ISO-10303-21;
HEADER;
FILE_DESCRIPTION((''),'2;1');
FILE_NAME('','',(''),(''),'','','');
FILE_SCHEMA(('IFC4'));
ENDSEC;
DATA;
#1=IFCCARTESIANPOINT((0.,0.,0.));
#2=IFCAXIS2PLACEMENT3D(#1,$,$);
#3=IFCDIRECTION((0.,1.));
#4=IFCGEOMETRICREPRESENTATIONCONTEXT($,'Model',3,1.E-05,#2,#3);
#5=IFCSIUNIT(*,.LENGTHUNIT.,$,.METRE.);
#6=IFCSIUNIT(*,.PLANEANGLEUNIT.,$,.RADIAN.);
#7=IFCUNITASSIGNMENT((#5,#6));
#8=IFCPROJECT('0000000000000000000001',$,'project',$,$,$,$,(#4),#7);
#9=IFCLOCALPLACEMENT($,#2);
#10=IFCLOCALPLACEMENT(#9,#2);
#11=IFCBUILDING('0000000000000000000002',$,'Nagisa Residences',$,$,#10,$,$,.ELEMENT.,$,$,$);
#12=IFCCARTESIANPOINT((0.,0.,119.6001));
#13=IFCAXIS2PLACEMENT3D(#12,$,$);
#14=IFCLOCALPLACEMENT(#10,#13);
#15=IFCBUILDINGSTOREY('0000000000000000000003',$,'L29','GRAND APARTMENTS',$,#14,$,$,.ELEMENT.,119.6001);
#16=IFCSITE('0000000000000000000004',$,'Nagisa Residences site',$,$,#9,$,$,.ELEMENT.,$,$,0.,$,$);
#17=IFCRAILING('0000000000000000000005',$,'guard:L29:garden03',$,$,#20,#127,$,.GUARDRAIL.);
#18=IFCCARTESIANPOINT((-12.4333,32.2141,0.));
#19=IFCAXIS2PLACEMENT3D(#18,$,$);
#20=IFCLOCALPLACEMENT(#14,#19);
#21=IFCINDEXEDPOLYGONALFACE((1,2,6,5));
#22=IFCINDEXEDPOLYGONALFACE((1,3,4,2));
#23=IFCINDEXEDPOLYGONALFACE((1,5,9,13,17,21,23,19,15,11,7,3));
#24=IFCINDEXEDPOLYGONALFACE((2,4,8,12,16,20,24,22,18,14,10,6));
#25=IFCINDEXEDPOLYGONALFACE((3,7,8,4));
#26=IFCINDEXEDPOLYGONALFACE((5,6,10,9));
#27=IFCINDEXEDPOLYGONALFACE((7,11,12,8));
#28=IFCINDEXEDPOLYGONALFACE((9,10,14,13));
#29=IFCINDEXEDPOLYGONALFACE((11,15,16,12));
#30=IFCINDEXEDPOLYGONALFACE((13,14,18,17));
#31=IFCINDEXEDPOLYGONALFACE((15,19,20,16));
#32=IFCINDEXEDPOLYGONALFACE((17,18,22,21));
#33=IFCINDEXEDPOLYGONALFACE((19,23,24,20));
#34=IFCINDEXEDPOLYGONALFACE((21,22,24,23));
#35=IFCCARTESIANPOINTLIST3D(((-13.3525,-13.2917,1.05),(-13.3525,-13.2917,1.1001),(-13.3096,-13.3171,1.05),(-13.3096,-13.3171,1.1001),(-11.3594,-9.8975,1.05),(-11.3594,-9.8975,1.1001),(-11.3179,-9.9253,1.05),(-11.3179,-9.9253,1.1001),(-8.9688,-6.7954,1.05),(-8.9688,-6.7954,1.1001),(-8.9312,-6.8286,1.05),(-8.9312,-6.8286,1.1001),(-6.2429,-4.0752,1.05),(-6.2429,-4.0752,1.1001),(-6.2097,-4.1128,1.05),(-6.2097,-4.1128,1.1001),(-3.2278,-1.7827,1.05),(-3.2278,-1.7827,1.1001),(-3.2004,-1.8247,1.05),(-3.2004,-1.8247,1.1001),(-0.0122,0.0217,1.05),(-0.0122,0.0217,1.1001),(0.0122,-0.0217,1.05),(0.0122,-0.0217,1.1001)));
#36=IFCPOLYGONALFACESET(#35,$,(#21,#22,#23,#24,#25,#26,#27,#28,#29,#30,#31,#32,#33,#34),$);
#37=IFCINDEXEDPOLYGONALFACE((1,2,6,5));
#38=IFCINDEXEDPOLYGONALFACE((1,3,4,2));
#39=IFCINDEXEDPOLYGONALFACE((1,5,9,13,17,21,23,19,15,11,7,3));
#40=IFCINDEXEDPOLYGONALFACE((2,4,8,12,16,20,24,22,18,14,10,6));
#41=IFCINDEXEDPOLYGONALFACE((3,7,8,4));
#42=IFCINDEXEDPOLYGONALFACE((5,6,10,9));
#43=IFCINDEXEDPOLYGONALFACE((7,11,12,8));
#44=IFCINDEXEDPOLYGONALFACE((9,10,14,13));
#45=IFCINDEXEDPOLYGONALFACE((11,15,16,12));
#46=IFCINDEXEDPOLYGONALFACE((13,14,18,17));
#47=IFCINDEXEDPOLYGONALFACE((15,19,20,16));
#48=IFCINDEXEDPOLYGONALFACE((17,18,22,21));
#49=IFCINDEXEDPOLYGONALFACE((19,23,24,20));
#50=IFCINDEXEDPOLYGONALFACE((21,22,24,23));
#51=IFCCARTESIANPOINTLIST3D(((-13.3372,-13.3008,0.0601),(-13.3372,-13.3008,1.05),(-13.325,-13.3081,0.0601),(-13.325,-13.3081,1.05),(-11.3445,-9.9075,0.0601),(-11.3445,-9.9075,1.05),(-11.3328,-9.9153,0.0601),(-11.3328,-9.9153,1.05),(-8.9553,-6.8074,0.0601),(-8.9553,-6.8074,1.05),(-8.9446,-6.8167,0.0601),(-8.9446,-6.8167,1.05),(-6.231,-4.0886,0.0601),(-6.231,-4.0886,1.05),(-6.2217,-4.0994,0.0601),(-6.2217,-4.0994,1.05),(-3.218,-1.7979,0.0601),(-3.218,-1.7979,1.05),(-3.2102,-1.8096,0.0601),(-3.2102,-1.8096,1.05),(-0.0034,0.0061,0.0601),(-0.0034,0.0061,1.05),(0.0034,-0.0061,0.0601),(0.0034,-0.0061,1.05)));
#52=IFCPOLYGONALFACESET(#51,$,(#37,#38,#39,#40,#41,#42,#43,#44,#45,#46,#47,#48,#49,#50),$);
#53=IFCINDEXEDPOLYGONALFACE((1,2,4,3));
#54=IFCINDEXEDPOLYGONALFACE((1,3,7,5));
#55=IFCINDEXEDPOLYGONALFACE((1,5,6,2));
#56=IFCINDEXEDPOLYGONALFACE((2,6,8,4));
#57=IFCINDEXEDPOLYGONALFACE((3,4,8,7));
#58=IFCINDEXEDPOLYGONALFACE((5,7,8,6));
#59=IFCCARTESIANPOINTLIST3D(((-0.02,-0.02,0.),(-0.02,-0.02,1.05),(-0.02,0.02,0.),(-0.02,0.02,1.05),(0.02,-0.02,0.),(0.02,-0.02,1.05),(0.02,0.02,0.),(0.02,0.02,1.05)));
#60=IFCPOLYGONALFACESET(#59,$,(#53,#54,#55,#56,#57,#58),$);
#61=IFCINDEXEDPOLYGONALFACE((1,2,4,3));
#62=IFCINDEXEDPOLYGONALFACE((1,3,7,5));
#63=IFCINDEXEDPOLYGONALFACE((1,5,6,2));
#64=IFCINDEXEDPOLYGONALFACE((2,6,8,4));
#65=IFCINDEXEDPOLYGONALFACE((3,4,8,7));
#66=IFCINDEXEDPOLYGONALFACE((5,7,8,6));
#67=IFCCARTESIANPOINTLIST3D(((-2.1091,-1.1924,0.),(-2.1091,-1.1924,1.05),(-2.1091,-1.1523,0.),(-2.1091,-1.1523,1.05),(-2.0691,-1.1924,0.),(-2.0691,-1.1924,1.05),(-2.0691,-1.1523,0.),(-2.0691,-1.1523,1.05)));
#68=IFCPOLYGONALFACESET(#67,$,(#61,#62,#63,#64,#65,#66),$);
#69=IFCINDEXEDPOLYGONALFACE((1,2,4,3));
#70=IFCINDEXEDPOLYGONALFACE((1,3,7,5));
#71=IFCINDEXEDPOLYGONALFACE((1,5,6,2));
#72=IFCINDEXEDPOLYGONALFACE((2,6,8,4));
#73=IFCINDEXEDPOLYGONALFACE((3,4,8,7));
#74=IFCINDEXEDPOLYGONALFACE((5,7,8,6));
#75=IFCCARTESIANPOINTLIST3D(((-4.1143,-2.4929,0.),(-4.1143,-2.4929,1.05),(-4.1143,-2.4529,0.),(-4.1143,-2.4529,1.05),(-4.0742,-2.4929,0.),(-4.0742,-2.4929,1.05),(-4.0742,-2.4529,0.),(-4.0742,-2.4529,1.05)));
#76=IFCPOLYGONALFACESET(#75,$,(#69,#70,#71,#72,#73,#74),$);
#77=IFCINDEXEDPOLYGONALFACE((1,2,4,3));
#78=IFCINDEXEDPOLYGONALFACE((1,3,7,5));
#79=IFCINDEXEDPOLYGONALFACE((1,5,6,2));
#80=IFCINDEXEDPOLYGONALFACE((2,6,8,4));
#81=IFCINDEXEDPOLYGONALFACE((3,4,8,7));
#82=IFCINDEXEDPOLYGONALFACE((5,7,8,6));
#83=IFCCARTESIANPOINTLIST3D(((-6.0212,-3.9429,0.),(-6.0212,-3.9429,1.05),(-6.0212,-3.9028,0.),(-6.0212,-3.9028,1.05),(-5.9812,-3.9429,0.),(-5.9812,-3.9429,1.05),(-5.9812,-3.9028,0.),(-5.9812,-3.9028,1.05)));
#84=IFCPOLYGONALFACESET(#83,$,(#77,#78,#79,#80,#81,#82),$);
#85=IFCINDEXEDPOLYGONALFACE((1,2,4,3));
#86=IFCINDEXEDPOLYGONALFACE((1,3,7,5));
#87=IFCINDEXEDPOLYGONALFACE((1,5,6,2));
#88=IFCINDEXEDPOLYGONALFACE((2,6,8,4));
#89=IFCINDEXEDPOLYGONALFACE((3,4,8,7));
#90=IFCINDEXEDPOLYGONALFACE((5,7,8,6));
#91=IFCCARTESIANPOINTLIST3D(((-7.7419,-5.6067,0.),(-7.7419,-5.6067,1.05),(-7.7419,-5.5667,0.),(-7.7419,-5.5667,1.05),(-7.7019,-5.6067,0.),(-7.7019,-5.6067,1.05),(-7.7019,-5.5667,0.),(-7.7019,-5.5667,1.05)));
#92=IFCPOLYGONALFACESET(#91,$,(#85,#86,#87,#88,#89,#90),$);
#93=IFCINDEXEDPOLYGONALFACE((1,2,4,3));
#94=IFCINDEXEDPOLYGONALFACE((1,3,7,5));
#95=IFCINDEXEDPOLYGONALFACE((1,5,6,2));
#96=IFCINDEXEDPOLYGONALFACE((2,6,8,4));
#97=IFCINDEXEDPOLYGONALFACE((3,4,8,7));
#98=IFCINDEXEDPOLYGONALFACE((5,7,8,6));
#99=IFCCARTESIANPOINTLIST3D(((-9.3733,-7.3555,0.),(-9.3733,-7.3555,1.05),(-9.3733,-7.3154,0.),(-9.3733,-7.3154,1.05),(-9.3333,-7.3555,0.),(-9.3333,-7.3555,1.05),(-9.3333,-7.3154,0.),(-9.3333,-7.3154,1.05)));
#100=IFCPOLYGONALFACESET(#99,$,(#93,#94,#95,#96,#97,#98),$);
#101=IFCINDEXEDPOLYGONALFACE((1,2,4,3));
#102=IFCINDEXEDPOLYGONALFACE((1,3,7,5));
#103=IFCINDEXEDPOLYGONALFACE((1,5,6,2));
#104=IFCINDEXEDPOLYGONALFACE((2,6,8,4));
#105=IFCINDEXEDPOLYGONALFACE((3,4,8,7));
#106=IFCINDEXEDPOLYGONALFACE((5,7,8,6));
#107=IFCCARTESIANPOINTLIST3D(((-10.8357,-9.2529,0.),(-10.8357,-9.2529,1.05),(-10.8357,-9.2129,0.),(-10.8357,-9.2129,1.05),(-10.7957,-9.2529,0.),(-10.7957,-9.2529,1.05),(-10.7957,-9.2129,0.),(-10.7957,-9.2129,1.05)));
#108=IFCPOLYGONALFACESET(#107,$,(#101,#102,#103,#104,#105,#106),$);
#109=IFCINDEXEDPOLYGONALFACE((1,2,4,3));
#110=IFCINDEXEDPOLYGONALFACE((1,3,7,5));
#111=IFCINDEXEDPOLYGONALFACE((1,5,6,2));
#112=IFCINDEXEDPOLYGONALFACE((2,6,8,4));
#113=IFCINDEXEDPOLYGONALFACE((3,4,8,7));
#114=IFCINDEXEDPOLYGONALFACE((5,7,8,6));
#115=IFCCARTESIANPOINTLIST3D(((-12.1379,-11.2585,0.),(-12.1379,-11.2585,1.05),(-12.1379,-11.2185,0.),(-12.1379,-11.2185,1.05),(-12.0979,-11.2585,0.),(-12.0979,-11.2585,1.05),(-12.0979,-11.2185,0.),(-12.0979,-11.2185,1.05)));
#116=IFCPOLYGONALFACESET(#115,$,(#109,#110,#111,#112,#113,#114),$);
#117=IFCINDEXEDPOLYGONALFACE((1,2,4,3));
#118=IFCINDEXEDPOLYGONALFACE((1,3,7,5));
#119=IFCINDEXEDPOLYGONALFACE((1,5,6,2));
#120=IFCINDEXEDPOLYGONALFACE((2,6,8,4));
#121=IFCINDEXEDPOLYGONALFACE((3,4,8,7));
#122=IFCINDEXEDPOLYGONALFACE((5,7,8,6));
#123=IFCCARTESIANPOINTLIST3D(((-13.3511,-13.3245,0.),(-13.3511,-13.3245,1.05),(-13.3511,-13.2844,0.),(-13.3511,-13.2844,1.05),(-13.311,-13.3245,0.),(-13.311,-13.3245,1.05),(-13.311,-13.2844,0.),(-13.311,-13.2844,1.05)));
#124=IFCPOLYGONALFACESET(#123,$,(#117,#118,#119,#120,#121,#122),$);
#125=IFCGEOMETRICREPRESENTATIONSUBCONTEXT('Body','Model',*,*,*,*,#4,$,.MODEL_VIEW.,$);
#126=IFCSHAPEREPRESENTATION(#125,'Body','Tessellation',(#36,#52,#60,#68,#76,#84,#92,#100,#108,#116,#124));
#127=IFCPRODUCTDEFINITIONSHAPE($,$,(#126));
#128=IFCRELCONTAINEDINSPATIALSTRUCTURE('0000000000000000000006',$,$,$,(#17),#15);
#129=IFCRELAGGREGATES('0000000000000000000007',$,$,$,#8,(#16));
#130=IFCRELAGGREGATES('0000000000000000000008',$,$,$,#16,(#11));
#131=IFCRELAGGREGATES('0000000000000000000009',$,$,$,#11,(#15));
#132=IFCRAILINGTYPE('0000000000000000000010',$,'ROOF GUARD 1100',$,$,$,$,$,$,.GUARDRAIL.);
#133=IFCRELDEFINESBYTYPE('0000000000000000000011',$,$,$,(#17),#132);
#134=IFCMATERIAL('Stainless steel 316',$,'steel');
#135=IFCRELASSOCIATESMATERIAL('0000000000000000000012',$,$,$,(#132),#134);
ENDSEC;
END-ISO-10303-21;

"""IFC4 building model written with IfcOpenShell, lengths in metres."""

from ifc_helpers import new_model, si_unit, direction, frame, origin, origin_2d, place, context, subcontext, project, spatial, polyline, rectangle, outline, extrude, material, type_object, element, save


model = new_model("IFC4")

# Units and contexts
model_context = context("Model", 3, precision=1e-05, world=origin(), true_north=direction((0.0, 1.0)))
body_context = subcontext(model_context, "Body", "Model", "MODEL_VIEW")
ifc_project = project(units=[si_unit("LENGTHUNIT", "METRE"), si_unit("PLANEANGLEUNIT", "RADIAN")], contexts=[model_context])

# Site, building, storey
site_placement = place(None, origin())
site = spatial("IfcSite", under=ifc_project, at=site_placement, Name="Nagisa Residences site", CompositionType="ELEMENT", RefElevation=0.0)
building_placement = place(site_placement, origin())
building = spatial("IfcBuilding", under=site, at=building_placement, Name="Nagisa Residences", CompositionType="ELEMENT")
storey_placement = place(building_placement, frame((0.0, 0.0, 119.6001)))
storey = spatial("IfcBuildingStorey", under=building, at=storey_placement, Name="L29", Description="GRAND APARTMENTS", CompositionType="ELEMENT", Elevation=119.6001)

# Railing
ifc_material_1 = material(Name="Stainless steel 316", Category="steel")
railing_type = type_object("IfcRailingType", Name="ROOF GUARD 1100", PredefinedType="GUARDRAIL", material=ifc_material_1)
railing_1_placement = place(storey_placement, frame((-12.4333, 32.2141, 0.0)))
element("IfcRailing", 1, at=railing_1_placement, inside=storey, type_object=railing_type, Name="guard:L29:garden03", PredefinedType="GUARDRAIL", context=body_context, shape_type="SweptSolid", body=[
    extrude(outline(polyline([(-3.2004, -1.8247), (0.0122, -0.0217), (-0.0122, 0.0217), (-3.2278, -1.7827), (-6.2429, -4.0752), (-8.9688, -6.7954), (-11.3594, -9.8975), (-13.3525, -13.2917), (-13.3096, -13.3171), (-11.3179, -9.9253), (-8.9312, -6.8286), (-6.2097, -4.1128), (-3.2004, -1.8247)])), frame((0.0, 0.0, 1.05)), (0.0, 0.0, 1.0), 0.05),
    extrude(outline(polyline([(-3.2102, -1.8096), (0.0034, -0.0061), (-0.0034, 0.0061), (-3.218, -1.7979), (-6.231, -4.0886), (-8.9553, -6.8074), (-11.3445, -9.9075), (-13.3372, -13.3008), (-13.325, -13.3081), (-11.3328, -9.9153), (-8.9446, -6.8167), (-6.2217, -4.0994), (-3.2102, -1.8096)])), frame((0.0, 0.0, 0.0601)), (0.0, 0.0, 1.0), 0.99),
    extrude(rectangle(XDim=0.04, YDim=0.04, at=origin_2d()), origin(), (0.0, 0.0, 1.0), 1.05),
    extrude(rectangle(XDim=0.04, YDim=0.04, at=origin_2d()), frame((-2.0891, -1.1724, 0.0)), (0.0, 0.0, 1.0), 1.05),
    extrude(rectangle(XDim=0.04, YDim=0.04, at=origin_2d()), frame((-4.0942, -2.4729, 0.0)), (0.0, 0.0, 1.0), 1.05),
    extrude(rectangle(XDim=0.04, YDim=0.04, at=origin_2d()), frame((-6.0012, -3.9229, 0.0)), (0.0, 0.0, 1.0), 1.05),
    extrude(rectangle(XDim=0.04, YDim=0.04, at=origin_2d()), frame((-7.7219, -5.5867, 0.0)), (0.0, 0.0, 1.0), 1.05),
    extrude(rectangle(XDim=0.04, YDim=0.04, at=origin_2d()), frame((-9.3533, -7.3354, 0.0)), (0.0, 0.0, 1.0), 1.05),
    extrude(rectangle(XDim=0.04, YDim=0.04, at=origin_2d()), frame((-10.8157, -9.2329, 0.0)), (0.0, 0.0, 1.0), 1.05),
    extrude(rectangle(XDim=0.04, YDim=0.04, at=origin_2d()), frame((-12.1179, -11.2385, 0.0)), (0.0, 0.0, 1.0), 1.05),
    extrude(rectangle(XDim=0.04, YDim=0.04, at=origin_2d()), frame((-13.3311, -13.3044, 0.0)), (0.0, 0.0, 1.0), 1.05),
])

save(model, "model.ifc")
